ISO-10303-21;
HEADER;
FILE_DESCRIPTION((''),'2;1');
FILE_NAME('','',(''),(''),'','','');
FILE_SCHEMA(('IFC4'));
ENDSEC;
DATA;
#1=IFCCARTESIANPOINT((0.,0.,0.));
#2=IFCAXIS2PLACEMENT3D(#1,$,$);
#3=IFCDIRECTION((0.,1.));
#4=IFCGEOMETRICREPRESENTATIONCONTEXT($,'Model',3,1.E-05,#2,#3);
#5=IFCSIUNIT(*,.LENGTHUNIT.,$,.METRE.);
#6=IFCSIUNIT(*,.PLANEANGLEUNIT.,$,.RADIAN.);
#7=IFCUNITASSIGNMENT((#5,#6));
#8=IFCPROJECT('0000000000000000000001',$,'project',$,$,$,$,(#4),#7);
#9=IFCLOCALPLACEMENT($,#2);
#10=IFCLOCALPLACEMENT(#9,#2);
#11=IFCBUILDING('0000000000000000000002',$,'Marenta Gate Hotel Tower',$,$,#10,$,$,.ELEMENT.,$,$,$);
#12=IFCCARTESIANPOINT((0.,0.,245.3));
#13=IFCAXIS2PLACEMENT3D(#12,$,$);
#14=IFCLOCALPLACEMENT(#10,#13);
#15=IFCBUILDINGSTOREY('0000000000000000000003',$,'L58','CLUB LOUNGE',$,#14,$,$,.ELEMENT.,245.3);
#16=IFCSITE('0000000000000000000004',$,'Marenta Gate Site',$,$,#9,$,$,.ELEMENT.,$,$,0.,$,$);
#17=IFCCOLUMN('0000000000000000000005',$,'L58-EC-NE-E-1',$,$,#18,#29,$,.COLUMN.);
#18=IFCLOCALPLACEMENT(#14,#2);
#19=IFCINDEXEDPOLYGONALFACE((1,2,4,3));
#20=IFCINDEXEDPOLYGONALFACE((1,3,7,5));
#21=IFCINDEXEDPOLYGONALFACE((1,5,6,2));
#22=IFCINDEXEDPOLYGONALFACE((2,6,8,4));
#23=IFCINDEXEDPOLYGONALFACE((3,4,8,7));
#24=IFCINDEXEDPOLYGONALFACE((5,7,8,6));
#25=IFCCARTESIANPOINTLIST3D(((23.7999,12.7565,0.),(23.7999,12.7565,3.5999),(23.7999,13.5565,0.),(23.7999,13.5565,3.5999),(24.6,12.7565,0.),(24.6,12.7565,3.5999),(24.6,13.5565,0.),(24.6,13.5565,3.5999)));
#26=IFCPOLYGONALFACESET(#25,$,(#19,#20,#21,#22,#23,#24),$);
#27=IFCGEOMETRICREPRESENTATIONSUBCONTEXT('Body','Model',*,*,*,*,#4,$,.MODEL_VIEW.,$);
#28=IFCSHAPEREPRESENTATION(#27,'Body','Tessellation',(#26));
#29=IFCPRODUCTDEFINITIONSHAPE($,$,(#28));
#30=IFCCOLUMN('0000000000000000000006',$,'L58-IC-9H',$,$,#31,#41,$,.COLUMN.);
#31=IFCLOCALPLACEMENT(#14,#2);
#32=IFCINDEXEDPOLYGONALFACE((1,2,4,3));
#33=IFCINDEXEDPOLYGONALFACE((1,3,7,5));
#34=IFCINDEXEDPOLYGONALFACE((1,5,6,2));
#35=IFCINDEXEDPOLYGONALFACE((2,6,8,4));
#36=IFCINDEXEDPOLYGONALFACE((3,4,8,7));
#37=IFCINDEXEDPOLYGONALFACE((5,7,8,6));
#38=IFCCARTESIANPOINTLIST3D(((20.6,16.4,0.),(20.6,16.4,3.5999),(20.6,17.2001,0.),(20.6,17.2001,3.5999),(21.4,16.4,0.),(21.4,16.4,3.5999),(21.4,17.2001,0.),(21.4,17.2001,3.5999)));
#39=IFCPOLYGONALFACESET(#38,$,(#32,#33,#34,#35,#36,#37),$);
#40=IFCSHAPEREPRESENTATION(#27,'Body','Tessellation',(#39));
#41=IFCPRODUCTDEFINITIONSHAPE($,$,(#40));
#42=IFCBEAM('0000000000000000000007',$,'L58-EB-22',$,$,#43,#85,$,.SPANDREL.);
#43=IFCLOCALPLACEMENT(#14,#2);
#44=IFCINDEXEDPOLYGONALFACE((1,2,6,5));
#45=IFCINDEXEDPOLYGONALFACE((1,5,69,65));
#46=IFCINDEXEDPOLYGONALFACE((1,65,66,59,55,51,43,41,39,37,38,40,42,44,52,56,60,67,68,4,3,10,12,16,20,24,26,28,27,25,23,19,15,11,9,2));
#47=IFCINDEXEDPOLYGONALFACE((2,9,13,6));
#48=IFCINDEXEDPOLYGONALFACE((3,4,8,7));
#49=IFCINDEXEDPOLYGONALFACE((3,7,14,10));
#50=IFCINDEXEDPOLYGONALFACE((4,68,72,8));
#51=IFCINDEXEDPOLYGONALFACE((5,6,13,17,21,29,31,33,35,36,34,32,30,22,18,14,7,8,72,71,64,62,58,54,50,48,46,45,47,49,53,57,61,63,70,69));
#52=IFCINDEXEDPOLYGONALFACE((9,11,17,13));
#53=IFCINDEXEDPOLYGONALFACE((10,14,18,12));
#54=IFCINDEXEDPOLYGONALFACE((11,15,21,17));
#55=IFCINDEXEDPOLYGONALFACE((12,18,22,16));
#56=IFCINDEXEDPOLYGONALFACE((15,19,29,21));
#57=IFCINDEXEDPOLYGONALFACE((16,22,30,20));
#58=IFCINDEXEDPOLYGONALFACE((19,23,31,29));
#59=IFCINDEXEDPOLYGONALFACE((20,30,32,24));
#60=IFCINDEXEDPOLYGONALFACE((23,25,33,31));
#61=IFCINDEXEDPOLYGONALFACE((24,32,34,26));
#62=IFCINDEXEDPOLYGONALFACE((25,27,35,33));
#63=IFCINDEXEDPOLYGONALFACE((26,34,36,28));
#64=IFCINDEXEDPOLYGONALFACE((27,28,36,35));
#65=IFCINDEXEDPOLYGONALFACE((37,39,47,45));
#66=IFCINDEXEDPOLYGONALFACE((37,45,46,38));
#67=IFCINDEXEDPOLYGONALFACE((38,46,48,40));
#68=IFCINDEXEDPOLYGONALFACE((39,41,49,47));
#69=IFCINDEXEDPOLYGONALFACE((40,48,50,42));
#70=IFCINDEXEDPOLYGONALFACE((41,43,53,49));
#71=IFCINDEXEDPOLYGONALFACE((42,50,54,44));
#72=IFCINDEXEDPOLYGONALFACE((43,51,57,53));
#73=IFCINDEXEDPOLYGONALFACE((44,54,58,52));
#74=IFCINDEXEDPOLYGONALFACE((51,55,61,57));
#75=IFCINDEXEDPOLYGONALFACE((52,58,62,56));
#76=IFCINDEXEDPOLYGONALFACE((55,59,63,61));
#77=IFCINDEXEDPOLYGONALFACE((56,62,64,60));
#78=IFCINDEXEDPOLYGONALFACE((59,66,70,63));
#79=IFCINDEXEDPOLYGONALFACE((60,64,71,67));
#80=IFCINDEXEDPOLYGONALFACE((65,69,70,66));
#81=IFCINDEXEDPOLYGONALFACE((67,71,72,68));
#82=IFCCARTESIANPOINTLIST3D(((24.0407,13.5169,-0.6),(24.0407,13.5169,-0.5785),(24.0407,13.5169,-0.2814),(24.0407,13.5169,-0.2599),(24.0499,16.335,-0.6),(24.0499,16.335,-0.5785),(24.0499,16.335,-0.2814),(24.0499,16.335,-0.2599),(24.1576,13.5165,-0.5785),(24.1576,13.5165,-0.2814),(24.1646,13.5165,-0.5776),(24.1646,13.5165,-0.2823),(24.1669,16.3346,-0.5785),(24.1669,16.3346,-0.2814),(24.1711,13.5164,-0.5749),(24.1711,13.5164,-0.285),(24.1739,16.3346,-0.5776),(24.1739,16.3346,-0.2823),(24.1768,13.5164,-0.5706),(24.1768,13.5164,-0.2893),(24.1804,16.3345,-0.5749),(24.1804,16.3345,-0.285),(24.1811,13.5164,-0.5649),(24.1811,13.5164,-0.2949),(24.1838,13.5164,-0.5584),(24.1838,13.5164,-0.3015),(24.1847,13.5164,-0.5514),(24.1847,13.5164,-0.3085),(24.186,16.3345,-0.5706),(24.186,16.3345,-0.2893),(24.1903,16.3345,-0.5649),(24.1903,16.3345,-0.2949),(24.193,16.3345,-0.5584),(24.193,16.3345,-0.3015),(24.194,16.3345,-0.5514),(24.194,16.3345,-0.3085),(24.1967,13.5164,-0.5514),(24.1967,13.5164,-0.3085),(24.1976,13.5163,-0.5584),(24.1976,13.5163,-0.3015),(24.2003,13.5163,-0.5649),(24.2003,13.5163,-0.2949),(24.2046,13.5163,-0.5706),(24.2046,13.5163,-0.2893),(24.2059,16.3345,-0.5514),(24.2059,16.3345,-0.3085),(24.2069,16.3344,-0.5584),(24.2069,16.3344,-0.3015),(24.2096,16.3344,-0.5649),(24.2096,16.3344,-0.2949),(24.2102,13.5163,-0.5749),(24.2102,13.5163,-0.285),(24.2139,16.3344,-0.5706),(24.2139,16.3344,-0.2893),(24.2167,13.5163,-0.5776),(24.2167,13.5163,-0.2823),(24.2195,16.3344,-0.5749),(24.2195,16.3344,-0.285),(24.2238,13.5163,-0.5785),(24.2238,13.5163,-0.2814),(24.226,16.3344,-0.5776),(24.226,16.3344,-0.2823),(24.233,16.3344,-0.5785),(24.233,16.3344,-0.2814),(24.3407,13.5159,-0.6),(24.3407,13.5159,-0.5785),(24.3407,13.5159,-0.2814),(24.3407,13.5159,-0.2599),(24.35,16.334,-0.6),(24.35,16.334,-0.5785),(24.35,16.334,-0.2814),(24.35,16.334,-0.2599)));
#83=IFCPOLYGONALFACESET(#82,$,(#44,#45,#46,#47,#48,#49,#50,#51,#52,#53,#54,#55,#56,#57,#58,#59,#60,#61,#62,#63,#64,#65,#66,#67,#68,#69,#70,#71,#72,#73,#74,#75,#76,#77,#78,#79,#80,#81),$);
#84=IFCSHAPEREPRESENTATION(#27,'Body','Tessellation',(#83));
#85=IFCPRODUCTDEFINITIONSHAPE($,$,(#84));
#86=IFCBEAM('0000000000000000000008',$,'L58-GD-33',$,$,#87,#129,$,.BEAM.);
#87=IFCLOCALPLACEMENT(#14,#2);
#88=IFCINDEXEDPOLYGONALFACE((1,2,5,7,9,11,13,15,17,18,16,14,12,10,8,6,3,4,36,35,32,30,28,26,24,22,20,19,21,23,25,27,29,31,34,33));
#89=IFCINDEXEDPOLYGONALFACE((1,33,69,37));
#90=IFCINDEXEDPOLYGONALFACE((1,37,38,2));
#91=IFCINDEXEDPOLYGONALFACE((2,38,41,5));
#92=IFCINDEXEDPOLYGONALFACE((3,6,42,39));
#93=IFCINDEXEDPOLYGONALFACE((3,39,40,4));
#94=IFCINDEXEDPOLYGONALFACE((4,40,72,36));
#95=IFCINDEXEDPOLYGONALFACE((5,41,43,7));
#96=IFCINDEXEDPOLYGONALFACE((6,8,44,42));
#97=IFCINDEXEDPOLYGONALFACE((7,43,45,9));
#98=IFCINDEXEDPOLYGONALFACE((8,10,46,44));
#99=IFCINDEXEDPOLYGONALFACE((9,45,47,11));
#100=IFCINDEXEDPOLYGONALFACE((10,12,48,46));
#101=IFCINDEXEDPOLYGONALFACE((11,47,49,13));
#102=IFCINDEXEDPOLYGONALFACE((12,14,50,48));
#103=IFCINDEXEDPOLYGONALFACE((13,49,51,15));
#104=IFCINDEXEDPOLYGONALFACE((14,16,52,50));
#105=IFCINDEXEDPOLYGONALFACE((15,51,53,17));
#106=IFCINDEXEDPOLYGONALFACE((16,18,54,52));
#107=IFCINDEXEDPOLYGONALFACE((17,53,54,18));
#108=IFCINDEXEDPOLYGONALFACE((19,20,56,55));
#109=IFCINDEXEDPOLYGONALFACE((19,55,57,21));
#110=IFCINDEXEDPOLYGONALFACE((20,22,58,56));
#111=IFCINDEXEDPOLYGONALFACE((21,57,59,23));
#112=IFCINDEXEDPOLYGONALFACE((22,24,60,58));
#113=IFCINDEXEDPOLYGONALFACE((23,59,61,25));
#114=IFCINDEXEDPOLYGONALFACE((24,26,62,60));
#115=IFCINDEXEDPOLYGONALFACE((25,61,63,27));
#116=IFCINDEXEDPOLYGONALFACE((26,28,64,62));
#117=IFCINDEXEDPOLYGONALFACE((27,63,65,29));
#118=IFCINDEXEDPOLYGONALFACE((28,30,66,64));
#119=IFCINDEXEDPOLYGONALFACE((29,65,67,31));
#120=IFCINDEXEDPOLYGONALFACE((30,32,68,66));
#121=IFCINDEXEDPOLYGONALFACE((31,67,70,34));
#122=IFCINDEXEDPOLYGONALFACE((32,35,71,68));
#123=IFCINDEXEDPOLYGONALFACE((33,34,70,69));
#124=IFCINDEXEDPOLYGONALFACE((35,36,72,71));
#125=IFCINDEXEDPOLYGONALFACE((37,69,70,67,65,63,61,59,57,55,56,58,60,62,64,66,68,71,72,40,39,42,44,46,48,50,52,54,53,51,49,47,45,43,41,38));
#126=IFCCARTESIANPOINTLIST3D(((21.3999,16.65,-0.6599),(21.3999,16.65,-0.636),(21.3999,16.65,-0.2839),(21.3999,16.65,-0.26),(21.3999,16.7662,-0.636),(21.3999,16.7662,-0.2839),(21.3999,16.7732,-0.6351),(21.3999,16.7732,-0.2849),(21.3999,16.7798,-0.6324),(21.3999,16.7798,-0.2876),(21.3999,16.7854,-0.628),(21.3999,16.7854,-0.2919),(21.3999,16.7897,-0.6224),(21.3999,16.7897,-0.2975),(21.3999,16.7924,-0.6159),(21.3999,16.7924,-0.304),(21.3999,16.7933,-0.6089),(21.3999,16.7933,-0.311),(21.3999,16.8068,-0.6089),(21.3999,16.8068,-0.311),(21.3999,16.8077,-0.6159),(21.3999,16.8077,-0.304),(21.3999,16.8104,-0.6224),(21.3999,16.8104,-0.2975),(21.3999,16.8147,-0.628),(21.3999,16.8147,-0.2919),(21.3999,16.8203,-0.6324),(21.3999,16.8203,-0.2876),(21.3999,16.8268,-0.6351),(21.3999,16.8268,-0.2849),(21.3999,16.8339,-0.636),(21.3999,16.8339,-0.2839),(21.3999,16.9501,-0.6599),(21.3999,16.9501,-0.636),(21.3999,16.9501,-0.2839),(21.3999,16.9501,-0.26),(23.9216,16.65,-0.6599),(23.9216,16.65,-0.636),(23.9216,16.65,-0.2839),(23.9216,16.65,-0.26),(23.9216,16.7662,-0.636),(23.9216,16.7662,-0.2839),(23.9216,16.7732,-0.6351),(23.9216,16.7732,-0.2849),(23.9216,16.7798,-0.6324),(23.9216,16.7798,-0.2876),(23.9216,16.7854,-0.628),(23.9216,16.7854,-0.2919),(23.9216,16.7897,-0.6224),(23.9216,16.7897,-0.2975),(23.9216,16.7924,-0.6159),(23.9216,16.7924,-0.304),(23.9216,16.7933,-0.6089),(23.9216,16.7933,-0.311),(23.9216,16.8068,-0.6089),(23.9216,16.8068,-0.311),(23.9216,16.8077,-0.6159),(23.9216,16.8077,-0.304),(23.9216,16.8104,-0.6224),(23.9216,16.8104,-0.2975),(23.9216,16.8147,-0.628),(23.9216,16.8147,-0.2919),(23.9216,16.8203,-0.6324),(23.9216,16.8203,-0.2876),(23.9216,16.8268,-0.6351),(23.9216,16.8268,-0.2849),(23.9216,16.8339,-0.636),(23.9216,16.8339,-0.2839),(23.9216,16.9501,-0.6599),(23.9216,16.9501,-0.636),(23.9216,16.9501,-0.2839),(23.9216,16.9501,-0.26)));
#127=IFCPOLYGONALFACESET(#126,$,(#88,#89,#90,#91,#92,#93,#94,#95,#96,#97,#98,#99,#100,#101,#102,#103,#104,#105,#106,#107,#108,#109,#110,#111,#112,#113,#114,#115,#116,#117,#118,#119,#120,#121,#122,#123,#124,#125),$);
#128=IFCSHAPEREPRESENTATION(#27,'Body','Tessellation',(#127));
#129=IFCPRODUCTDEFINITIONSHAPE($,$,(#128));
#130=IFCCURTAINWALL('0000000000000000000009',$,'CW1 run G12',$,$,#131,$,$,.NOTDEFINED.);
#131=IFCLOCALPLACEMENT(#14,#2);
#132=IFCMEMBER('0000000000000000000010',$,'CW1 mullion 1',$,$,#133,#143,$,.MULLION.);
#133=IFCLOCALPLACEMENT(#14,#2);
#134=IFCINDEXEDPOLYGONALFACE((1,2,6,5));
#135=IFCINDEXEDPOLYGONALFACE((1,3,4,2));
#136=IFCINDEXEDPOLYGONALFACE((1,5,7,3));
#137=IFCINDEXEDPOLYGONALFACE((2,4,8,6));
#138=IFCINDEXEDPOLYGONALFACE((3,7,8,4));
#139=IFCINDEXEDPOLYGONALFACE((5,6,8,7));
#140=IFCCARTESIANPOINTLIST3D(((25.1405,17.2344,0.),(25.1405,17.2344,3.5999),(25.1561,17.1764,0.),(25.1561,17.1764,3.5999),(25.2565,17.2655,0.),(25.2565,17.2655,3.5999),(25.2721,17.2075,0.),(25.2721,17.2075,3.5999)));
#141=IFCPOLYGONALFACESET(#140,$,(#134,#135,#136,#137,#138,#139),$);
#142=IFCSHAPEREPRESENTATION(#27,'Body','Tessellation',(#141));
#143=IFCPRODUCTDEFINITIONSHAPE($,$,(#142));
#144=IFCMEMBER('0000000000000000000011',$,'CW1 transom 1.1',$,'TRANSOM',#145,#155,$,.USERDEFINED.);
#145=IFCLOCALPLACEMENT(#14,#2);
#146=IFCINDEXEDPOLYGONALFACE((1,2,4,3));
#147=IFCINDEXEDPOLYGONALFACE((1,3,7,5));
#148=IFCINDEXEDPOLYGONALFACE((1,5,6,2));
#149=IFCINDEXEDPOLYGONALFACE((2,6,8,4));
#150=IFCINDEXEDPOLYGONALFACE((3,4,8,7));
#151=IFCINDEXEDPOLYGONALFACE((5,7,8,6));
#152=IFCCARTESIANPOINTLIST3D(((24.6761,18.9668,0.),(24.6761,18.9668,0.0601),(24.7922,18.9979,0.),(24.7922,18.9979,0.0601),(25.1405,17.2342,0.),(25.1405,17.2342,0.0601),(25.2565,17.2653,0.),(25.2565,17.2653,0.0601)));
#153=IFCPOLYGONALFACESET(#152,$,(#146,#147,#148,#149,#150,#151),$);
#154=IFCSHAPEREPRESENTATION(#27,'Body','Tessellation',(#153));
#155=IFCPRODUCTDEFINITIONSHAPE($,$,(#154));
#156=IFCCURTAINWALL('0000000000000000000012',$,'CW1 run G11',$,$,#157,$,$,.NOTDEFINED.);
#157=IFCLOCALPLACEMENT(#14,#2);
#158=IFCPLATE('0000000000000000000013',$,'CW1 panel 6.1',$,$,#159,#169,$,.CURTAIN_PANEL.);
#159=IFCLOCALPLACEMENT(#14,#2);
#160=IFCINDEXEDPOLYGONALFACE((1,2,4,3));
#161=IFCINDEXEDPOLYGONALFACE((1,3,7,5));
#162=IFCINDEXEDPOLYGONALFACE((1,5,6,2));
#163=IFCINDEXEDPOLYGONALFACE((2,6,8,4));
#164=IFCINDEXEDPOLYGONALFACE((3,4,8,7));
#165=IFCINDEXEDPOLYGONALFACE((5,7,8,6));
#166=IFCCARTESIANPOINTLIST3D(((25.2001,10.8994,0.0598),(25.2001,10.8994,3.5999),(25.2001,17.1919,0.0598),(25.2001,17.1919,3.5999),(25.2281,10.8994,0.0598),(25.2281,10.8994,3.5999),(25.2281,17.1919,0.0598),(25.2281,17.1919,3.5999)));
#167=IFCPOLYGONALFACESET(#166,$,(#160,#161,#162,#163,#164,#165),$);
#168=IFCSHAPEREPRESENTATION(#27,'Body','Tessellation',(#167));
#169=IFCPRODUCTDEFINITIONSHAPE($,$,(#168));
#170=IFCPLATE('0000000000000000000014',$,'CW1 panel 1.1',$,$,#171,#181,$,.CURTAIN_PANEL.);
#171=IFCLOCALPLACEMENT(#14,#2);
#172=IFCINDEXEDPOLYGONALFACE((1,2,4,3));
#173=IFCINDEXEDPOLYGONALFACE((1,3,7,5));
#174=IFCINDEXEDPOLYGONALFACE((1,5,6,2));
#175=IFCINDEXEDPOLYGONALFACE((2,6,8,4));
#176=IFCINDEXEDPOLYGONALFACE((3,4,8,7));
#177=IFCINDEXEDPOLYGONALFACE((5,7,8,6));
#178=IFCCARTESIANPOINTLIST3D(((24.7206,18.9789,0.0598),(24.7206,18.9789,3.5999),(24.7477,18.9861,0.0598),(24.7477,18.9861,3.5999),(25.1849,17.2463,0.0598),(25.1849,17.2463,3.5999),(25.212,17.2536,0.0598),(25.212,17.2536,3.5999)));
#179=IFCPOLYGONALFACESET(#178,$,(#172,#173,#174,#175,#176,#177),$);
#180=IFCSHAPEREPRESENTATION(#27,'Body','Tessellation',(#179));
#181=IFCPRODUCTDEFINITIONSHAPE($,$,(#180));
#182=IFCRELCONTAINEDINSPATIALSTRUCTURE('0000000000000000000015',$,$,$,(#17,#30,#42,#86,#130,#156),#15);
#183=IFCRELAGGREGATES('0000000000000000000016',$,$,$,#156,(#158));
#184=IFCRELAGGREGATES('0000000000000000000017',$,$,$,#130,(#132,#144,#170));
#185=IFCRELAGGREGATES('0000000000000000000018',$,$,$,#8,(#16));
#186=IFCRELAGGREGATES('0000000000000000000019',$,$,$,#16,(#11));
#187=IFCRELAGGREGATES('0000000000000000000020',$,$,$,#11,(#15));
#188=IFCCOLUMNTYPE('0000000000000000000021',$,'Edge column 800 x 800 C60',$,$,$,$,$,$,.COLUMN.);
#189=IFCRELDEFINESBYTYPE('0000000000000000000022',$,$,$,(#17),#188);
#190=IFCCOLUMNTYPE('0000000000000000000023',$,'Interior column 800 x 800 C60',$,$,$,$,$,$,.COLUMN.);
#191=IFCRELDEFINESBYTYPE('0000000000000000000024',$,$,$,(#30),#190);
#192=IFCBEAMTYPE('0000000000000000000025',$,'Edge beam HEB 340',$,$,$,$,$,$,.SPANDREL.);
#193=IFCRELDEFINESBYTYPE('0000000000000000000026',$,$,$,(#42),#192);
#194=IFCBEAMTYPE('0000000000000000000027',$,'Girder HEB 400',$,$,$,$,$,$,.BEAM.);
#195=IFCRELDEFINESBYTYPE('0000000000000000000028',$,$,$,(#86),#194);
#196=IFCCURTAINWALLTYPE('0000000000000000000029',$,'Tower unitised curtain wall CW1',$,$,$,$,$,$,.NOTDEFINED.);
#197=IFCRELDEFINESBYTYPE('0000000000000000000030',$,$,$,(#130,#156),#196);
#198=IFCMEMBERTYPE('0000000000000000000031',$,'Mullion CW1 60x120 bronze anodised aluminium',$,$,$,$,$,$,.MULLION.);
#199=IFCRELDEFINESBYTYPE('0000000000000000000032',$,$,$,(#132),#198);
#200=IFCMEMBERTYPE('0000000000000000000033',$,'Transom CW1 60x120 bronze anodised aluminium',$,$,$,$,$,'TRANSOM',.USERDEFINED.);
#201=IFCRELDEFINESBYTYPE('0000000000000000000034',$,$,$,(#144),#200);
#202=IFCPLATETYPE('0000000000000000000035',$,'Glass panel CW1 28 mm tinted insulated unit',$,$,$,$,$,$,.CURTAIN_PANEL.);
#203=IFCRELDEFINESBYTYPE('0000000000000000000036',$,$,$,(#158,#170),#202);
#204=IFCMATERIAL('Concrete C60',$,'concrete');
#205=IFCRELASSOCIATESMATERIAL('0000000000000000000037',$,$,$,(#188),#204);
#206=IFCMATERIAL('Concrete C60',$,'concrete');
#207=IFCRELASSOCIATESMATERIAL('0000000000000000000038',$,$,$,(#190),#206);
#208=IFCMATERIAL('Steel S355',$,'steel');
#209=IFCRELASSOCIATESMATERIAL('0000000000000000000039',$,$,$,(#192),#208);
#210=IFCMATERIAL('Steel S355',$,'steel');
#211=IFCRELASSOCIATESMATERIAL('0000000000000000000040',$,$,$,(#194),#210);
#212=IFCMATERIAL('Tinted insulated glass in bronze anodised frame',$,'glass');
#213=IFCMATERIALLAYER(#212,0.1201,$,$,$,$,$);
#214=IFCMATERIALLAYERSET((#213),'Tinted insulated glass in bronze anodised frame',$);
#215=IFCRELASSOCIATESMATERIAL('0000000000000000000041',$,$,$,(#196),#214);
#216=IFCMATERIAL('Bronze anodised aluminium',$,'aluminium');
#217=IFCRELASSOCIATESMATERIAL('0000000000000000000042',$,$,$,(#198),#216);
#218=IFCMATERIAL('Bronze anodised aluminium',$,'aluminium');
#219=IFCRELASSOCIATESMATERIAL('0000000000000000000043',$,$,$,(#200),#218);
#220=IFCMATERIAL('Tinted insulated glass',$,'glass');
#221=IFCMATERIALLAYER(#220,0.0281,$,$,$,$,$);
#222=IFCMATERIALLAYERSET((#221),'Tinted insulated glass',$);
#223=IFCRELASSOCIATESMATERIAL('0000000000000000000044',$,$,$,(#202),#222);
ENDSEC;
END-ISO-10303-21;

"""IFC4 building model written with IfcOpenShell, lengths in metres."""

from ifc_helpers import new_model, si_unit, direction, frame, origin, origin_2d, place, context, subcontext, project, spatial, rectangle, i_section, extrude, material, layer, layer_set, material_profile, profile_set, type_object, element, aggregate, save


model = new_model("IFC4")

# Units and contexts
model_context = context("Model", 3, precision=1e-05, world=origin(), true_north=direction((0.0, 1.0)))
body_context = subcontext(model_context, "Body", "Model", "MODEL_VIEW")
ifc_project = project(units=[si_unit("LENGTHUNIT", "METRE"), si_unit("PLANEANGLEUNIT", "RADIAN")], contexts=[model_context])

# Site, building, storey
site_placement = place(None, origin())
site = spatial("IfcSite", under=ifc_project, at=site_placement, Name="Marenta Gate Site", CompositionType="ELEMENT", RefElevation=0.0)
building_placement = place(site_placement, origin())
building = spatial("IfcBuilding", under=site, at=building_placement, Name="Marenta Gate Hotel Tower", CompositionType="ELEMENT")
storey_placement = place(building_placement, frame((0.0, 0.0, 245.3)))
storey = spatial("IfcBuildingStorey", under=building, at=storey_placement, Name="L58", Description="CLUB LOUNGE", CompositionType="ELEMENT", Elevation=245.3)

# Columns
ifc_material_1 = material(Name="Concrete C60", Category="concrete")
ifc_material_profile_1 = material_profile(ifc_material_1, rectangle(XDim=0.8, YDim=0.8, at=origin_2d()), Name="800 x 800")
ifc_profile_set_1 = profile_set([ifc_material_profile_1], Name="Concrete C60")
column_type_1 = type_object("IfcColumnType", Name="Edge column 800 x 800 C60", PredefinedType="COLUMN", material=ifc_profile_set_1)
column_1_placement = place(storey_placement, frame((24.2, 13.1565, 0.0), z_axis=(0.0, 0.0, 1.0), x_axis=(1.0, 0.0, 0.0)))
element("IfcColumn", 1, at=column_1_placement, inside=storey, type_object=column_type_1, Name="L58-EC-NE-E-1", PredefinedType="COLUMN", context=body_context, shape_type="SweptSolid", body=[
    extrude(rectangle(XDim=0.8, YDim=0.8, at=origin_2d()), origin(), (0.0, 0.0, 1.0), 3.5999),
])
ifc_material_2 = material(Name="Concrete C60", Category="concrete")
ifc_material_profile_2 = material_profile(ifc_material_2, rectangle(XDim=0.8, YDim=0.8, at=origin_2d()), Name="800 x 800")
ifc_profile_set_2 = profile_set([ifc_material_profile_2], Name="Concrete C60")
column_type_2 = type_object("IfcColumnType", Name="Interior column 800 x 800 C60", PredefinedType="COLUMN", material=ifc_profile_set_2)
column_2_placement = place(storey_placement, frame((21.0, 16.8, 0.0), z_axis=(0.0, 0.0, 1.0), x_axis=(1.0, 0.0, 0.0)))
element("IfcColumn", 2, at=column_2_placement, inside=storey, type_object=column_type_2, Name="L58-IC-9H", PredefinedType="COLUMN", context=body_context, shape_type="SweptSolid", body=[
    extrude(rectangle(XDim=0.8, YDim=0.8, at=origin_2d()), origin(), (0.0, 0.0, 1.0), 3.5999),
])

# Beams
ifc_material_3 = material(Name="Steel S355", Category="steel")
ifc_material_profile_3 = material_profile(ifc_material_3, i_section(OverallWidth=0.3, OverallDepth=0.3401, WebThickness=0.012, FlangeThickness=0.0215, FilletRadius=0.0271, at=origin_2d()), Name="HEB 340")
ifc_profile_set_3 = profile_set([ifc_material_profile_3], Name="Steel S355")
beam_type_1 = type_object("IfcBeamType", Name="Edge beam HEB 340", PredefinedType="SPANDREL", material=ifc_profile_set_3)
beam_1_placement = place(storey_placement, frame((24.2, 16.3345, -0.4299), z_axis=(-0.003292, -0.999995, 0.0), x_axis=(0.999995, -0.003292, 0.0)))
element("IfcBeam", 3, at=beam_1_placement, inside=storey, type_object=beam_type_1, Name="L58-EB-22", PredefinedType="SPANDREL", context=body_context, shape_type="SweptSolid", body=[
    extrude(i_section(OverallWidth=0.3, OverallDepth=0.3401, WebThickness=0.012, FlangeThickness=0.0215, FilletRadius=0.0271, at=origin_2d()), origin(), (0.0, 0.0, 1.0), 2.8181),
])
ifc_material_4 = material(Name="Steel S355", Category="steel")
ifc_material_profile_4 = material_profile(ifc_material_4, i_section(OverallWidth=0.3, OverallDepth=0.3999, WebThickness=0.0134, FlangeThickness=0.0239, FilletRadius=0.0271, at=origin_2d()), Name="HEB 400")
ifc_profile_set_4 = profile_set([ifc_material_profile_4], Name="Steel S355")
beam_type_2 = type_object("IfcBeamType", Name="Girder HEB 400", PredefinedType="BEAM", material=ifc_profile_set_4)
beam_2_placement = place(storey_placement, frame((21.3999, 16.8, -0.46), z_axis=(1.0, 0.0, 0.0), x_axis=(0.0, 1.0, 0.0)))
element("IfcBeam", 4, at=beam_2_placement, inside=storey, type_object=beam_type_2, Name="L58-GD-33", PredefinedType="BEAM", context=body_context, shape_type="SweptSolid", body=[
    extrude(i_section(OverallWidth=0.3, OverallDepth=0.3999, WebThickness=0.0134, FlangeThickness=0.0239, FilletRadius=0.0271, at=origin_2d()), origin(), (0.0, 0.0, 1.0), 2.5217),
])

# Curtain wall, members
ifc_material_5 = material(Name="Tinted insulated glass in bronze anodised frame", Category="glass")
ifc_layer_1 = layer(ifc_material_5, 0.1201)
ifc_layer_set_1 = layer_set([ifc_layer_1], Name="Tinted insulated glass in bronze anodised frame")
curtain_wall_type = type_object("IfcCurtainWallType", Name="Tower unitised curtain wall CW1", PredefinedType="NOTDEFINED", material=ifc_layer_set_1)
curtain_wall_1_placement = place(storey_placement, origin())
curtain_wall_1 = element("IfcCurtainWall", 5, at=curtain_wall_1_placement, inside=storey, type_object=curtain_wall_type, Name="CW1 run G12", PredefinedType="NOTDEFINED")
ifc_material_6 = material(Name="Bronze anodised aluminium", Category="aluminium")
ifc_material_profile_5 = material_profile(ifc_material_6, rectangle(XDim=0.1201, YDim=0.0601, at=origin_2d()), Name="Mullion CW1 60x120 bronze anodised aluminium")
ifc_profile_set_5 = profile_set([ifc_material_profile_5], Name="Bronze anodised aluminium")
member_type_1 = type_object("IfcMemberType", Name="Mullion CW1 60x120 bronze anodised aluminium", PredefinedType="MULLION", material=ifc_profile_set_5)
member_1_placement = place(storey_placement, frame((25.2063, 17.2209, 0.0), z_axis=(0.0, 0.0, 1.0), x_axis=(-0.965924, -0.258824, 0.0)))
member_1 = element("IfcMember", 6, at=member_1_placement, type_object=member_type_1, Name="CW1 mullion 1", PredefinedType="MULLION", context=body_context, shape_type="SweptSolid", body=[
    extrude(rectangle(XDim=0.1201, YDim=0.0601, at=origin_2d()), origin(), (0.0, 0.0, 1.0), 3.5999),
])
ifc_material_7 = material(Name="Bronze anodised aluminium", Category="aluminium")
ifc_material_profile_6 = material_profile(ifc_material_7, rectangle(XDim=0.1201, YDim=0.0601, at=origin_2d()), Name="Transom CW1 60x120 bronze anodised aluminium")
ifc_profile_set_6 = profile_set([ifc_material_profile_6], Name="Bronze anodised aluminium")
member_type_2 = type_object("IfcMemberType", Name="Transom CW1 60x120 bronze anodised aluminium", ElementType="TRANSOM", PredefinedType="USERDEFINED", material=ifc_profile_set_6)
member_2_placement = place(storey_placement, frame((25.1985, 17.2498, 0.03), z_axis=(-0.258865, 0.965913, 0.0), x_axis=(-0.965913, -0.258865, 0.0)))
member_2 = element("IfcMember", 7, at=member_2_placement, type_object=member_type_2, Name="CW1 transom 1.1", ObjectType="TRANSOM", PredefinedType="USERDEFINED", context=body_context, shape_type="SweptSolid", body=[
    extrude(rectangle(XDim=0.1201, YDim=0.0601, at=origin_2d()), origin(), (0.0, 0.0, 1.0), 1.7937),
])

# Curtain wall, plate
curtain_wall_2_placement = place(storey_placement, origin())
curtain_wall_2 = element("IfcCurtainWall", 8, at=curtain_wall_2_placement, inside=storey, type_object=curtain_wall_type, Name="CW1 run G11", PredefinedType="NOTDEFINED")
ifc_material_8 = material(Name="Tinted insulated glass", Category="glass")
ifc_layer_2 = layer(ifc_material_8, 0.0281)
ifc_layer_set_2 = layer_set([ifc_layer_2], Name="Tinted insulated glass")
plate_type = type_object("IfcPlateType", Name="Glass panel CW1 28 mm tinted insulated unit", PredefinedType="CURTAIN_PANEL", material=ifc_layer_set_2)
plate_1_placement = place(storey_placement, frame((25.2141, 14.0457, 0.0598), z_axis=(0.0, 0.0, 1.0), x_axis=(0.0, 1.0, 0.0)))
plate_1 = element("IfcPlate", 9, at=plate_1_placement, type_object=plate_type, Name="CW1 panel 6.1", PredefinedType="CURTAIN_PANEL", context=body_context, shape_type="SweptSolid", body=[
    extrude(rectangle(XDim=6.2925, YDim=0.0281, at=origin_2d()), origin(), (0.0, 0.0, 1.0), 3.54),
])
aggregate(curtain_wall_2, [plate_1])

# Plate
plate_2_placement = place(storey_placement, frame((24.9663, 18.1162, 0.0598), z_axis=(0.0, 0.0, 1.0), x_axis=(-0.258824, 0.965924, 0.0)))
plate_2 = element("IfcPlate", 10, at=plate_2_placement, type_object=plate_type, Name="CW1 panel 1.1", PredefinedType="CURTAIN_PANEL", context=body_context, shape_type="SweptSolid", body=[
    extrude(rectangle(XDim=1.7937, YDim=0.0281, at=origin_2d()), origin(), (0.0, 0.0, 1.0), 3.54),
])
aggregate(curtain_wall_1, [member_1, member_2, plate_2])

save(model, "model.ifc")
